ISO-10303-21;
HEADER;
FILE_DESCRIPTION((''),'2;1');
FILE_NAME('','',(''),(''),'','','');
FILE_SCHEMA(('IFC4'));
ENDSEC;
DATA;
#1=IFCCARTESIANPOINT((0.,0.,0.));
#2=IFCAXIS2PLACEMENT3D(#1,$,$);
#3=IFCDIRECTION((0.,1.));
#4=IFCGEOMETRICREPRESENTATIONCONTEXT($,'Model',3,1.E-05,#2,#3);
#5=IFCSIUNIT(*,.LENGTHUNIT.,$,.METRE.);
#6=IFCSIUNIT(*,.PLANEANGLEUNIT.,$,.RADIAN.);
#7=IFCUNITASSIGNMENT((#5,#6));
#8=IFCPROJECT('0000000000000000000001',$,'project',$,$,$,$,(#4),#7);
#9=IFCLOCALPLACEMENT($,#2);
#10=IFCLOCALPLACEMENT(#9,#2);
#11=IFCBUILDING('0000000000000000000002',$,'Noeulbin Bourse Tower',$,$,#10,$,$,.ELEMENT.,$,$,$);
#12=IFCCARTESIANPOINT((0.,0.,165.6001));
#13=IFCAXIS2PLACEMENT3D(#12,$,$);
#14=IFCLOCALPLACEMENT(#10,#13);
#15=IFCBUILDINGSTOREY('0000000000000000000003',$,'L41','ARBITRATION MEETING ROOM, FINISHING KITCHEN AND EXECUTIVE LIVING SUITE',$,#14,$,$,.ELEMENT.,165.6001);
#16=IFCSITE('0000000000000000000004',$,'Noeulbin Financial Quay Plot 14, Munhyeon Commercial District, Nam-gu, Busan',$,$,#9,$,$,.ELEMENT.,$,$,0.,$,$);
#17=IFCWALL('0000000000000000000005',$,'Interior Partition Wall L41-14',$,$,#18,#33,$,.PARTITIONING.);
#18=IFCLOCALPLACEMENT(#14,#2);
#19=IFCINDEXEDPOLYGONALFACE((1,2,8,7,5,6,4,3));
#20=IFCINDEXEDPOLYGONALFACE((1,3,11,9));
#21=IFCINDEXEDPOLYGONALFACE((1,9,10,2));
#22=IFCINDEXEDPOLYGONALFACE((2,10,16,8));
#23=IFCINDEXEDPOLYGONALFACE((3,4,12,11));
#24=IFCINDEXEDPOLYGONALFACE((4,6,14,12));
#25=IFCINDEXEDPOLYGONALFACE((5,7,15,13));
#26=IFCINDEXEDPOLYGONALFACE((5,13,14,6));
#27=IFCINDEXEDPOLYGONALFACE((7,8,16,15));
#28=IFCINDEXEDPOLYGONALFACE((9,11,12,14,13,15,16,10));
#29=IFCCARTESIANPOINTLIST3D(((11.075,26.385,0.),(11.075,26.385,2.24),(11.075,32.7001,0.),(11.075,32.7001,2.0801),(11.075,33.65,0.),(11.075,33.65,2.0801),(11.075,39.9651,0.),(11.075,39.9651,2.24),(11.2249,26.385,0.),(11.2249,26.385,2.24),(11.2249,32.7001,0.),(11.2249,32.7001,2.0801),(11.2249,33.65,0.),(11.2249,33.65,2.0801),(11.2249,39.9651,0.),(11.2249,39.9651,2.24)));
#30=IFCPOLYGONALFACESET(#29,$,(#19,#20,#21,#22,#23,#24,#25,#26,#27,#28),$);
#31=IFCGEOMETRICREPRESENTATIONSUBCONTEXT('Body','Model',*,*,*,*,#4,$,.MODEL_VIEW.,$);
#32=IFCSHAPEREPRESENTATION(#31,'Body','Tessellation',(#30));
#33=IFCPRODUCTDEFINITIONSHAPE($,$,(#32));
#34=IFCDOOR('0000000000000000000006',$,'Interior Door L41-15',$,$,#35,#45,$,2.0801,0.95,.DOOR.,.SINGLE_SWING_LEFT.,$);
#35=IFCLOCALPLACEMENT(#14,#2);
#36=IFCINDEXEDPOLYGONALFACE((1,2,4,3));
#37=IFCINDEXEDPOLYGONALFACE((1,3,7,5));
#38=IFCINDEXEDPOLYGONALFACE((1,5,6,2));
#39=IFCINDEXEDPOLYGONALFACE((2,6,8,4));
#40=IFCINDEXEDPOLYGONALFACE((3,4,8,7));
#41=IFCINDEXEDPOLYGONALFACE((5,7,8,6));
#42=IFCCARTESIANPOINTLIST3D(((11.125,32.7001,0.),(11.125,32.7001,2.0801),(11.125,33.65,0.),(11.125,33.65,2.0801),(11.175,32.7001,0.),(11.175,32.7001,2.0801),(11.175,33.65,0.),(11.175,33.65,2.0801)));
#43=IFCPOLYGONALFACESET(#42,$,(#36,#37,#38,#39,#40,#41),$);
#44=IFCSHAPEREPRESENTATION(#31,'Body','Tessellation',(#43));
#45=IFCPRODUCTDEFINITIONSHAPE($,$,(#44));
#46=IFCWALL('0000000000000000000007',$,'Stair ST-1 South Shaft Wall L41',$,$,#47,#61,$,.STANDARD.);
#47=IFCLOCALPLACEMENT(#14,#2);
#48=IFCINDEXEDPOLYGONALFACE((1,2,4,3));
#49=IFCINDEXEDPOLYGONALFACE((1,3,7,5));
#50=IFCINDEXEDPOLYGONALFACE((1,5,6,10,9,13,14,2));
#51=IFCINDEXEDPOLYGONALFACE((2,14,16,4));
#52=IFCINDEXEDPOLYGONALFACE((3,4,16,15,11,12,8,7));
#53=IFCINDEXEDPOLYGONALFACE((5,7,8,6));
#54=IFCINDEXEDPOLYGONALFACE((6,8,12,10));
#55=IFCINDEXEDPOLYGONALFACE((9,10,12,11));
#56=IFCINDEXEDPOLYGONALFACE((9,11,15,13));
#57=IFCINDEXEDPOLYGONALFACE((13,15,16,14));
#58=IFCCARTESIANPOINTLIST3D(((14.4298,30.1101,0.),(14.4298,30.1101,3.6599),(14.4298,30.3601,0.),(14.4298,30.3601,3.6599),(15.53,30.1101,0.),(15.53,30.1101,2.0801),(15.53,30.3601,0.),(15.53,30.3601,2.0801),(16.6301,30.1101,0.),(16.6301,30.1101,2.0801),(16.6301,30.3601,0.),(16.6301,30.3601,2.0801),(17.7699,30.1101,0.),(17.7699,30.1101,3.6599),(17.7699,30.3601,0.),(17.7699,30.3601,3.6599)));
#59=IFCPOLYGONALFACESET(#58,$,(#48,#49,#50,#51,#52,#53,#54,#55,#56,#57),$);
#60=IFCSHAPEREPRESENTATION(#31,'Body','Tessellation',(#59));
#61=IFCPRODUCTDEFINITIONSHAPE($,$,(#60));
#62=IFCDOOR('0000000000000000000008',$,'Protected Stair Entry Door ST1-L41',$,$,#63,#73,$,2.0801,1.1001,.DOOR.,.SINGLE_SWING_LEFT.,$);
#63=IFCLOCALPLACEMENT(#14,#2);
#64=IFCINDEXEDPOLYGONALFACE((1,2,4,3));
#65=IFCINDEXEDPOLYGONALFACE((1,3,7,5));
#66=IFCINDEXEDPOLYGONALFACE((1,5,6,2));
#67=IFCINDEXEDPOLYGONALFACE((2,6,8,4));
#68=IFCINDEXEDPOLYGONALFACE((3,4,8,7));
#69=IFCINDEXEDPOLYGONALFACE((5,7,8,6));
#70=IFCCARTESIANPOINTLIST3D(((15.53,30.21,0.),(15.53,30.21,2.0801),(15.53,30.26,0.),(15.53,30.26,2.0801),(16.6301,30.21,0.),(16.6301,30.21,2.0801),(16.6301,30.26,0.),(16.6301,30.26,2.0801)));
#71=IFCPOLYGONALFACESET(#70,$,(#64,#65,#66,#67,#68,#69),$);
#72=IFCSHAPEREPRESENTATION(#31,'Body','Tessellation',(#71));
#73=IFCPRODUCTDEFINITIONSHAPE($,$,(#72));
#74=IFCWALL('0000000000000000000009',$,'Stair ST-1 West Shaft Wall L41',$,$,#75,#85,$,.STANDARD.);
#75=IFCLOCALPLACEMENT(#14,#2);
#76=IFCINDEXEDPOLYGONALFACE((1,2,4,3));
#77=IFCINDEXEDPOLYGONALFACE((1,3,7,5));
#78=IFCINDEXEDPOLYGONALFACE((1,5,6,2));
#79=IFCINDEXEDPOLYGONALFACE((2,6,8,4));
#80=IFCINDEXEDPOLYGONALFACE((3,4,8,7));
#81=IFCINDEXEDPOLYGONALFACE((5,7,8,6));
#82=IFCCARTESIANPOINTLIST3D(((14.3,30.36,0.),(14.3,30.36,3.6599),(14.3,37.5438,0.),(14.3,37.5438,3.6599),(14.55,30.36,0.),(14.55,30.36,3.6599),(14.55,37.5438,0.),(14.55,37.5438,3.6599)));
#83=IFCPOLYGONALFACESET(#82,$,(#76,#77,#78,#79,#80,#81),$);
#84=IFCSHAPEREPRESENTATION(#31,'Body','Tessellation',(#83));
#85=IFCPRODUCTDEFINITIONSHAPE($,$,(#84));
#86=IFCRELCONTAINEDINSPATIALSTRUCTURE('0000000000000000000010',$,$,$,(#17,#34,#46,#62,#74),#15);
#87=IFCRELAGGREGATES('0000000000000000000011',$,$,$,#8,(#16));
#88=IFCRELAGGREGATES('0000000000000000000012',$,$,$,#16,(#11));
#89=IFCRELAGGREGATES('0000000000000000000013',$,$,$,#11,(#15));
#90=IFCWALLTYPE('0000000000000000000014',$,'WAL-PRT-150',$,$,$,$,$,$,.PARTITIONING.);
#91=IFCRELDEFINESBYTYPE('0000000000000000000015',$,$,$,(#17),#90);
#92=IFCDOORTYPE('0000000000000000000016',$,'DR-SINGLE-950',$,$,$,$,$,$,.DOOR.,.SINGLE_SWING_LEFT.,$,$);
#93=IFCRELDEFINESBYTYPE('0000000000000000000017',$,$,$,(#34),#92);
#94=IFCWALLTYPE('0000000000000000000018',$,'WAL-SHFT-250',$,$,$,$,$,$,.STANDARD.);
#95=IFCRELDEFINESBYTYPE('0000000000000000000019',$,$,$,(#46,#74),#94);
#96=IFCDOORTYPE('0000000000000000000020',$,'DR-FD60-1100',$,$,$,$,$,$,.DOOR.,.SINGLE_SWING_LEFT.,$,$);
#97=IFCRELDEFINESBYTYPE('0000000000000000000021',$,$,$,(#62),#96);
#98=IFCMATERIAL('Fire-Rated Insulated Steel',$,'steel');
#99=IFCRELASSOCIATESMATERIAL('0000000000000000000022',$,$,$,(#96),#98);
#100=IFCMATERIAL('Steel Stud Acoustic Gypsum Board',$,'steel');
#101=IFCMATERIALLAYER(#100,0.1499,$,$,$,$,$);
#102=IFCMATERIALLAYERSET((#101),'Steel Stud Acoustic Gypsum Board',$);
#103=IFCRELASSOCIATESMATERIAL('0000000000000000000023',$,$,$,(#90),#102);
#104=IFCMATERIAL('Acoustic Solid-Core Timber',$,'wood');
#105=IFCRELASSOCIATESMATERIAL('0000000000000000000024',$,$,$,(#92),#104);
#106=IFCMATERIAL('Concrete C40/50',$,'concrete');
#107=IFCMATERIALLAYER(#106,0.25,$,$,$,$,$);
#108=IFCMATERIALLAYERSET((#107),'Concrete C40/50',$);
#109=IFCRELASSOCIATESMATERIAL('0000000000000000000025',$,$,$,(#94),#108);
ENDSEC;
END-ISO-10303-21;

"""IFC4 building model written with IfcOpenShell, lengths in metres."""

from ifc_helpers import new_model, si_unit, direction, frame, frame_2d, origin, place, context, subcontext, project, spatial, rectangle, extrude, material, layer, layer_set, type_object, element, fill, save


model = new_model("IFC4")

# Units and contexts
model_context = context("Model", 3, precision=1e-05, world=origin(), true_north=direction((0.0, 1.0)))
body_context = subcontext(model_context, "Body", "Model", "MODEL_VIEW")
ifc_project = project(units=[si_unit("LENGTHUNIT", "METRE"), si_unit("PLANEANGLEUNIT", "RADIAN")], contexts=[model_context])

# Site, building, storey
site_placement = place(None, origin())
site = spatial("IfcSite", under=ifc_project, at=site_placement, Name="Noeulbin Financial Quay Plot 14, Munhyeon Commercial District, Nam-gu, Busan", CompositionType="ELEMENT", RefElevation=0.0)
building_placement = place(site_placement, origin())
building = spatial("IfcBuilding", under=site, at=building_placement, Name="Noeulbin Bourse Tower", CompositionType="ELEMENT")
storey_placement = place(building_placement, frame((0.0, 0.0, 165.6001)))
storey = spatial("IfcBuildingStorey", under=building, at=storey_placement, Name="L41", Description="ARBITRATION MEETING ROOM, FINISHING KITCHEN AND EXECUTIVE LIVING SUITE", CompositionType="ELEMENT", Elevation=165.6001)

# Shared definitions
ifc_material_1 = material(Name="Fire-Rated Insulated Steel", Category="steel")
door_type_1 = type_object("IfcDoorType", Name="DR-FD60-1100", OperationType="SINGLE_SWING_LEFT", PredefinedType="DOOR", material=ifc_material_1)

# Walls, openings, doors
ifc_material_2 = material(Name="Steel Stud Acoustic Gypsum Board", Category="steel")
ifc_layer_1 = layer(ifc_material_2, 0.1499)
ifc_layer_set_1 = layer_set([ifc_layer_1], Name="Steel Stud Acoustic Gypsum Board")
wall_type_1 = type_object("IfcWallType", Name="WAL-PRT-150", PredefinedType="PARTITIONING", material=ifc_layer_set_1)
wall_1_placement = place(storey_placement, frame((11.1499, 26.385, 0.0), z_axis=(0.0, 0.0, 1.0), x_axis=(0.0, 1.0, 0.0)))
wall_1 = element("IfcWall", 1, at=wall_1_placement, inside=storey, type_object=wall_type_1, Name="Interior Partition Wall L41-14", PredefinedType="PARTITIONING", context=body_context, shape_type="SweptSolid", body=[
    extrude(rectangle(XDim=13.5801, YDim=0.1499, at=frame_2d((6.79, 0.0))), origin(), (0.0, 0.0, 1.0), 2.24),
])
opening_1_placement = place(wall_1_placement, frame((6.3149, 0.0, 0.0)))
opening_1 = element("IfcOpeningElement", 2, at=opening_1_placement, cuts=wall_1, PredefinedType="OPENING", context=body_context, shape_type="SweptSolid", body=[
    extrude(rectangle(XDim=0.95, YDim=2.0801, at=frame_2d((0.4751, 1.04))), frame((0.0, 0.085, 0.0), z_axis=(0.0, -1.0, 0.0), x_axis=(1.0, 0.0, 0.0)), (0.0, 0.0, 1.0), 0.1699),
])
ifc_material_3 = material(Name="Acoustic Solid-Core Timber", Category="wood")
door_type_2 = type_object("IfcDoorType", Name="DR-SINGLE-950", OperationType="SINGLE_SWING_LEFT", PredefinedType="DOOR", material=ifc_material_3)
door_1_placement = place(opening_1_placement, origin())
door_1 = element("IfcDoor", 3, at=door_1_placement, inside=storey, type_object=door_type_2, Name="Interior Door L41-15", OperationType="SINGLE_SWING_LEFT", OverallHeight=2.0801, OverallWidth=0.95, PredefinedType="DOOR", context=body_context, shape_type="SweptSolid", body=[
    extrude(rectangle(XDim=0.95, YDim=2.0801, at=frame_2d((0.4751, 1.04))), frame((0.0, 0.0249, 0.0), z_axis=(0.0, -1.0, 0.0), x_axis=(1.0, 0.0, 0.0)), (0.0, 0.0, 1.0), 0.05),
])
fill(opening_1, door_1)
ifc_material_4 = material(Name="Concrete C40/50", Category="concrete")
ifc_layer_2 = layer(ifc_material_4, 0.25)
ifc_layer_set_2 = layer_set([ifc_layer_2], Name="Concrete C40/50")
wall_type_2 = type_object("IfcWallType", Name="WAL-SHFT-250", PredefinedType="STANDARD", material=ifc_layer_set_2)
wall_2_placement = place(storey_placement, frame((14.4299, 30.2351, 0.0), z_axis=(0.0, 0.0, 1.0), x_axis=(1.0, 0.0, 0.0)))
wall_2 = element("IfcWall", 4, at=wall_2_placement, inside=storey, type_object=wall_type_2, Name="Stair ST-1 South Shaft Wall L41", PredefinedType="STANDARD", context=body_context, shape_type="SweptSolid", body=[
    extrude(rectangle(XDim=3.3401, YDim=0.25, at=frame_2d((1.6699, 0.0))), origin(), (0.0, 0.0, 1.0), 3.6599),
])
opening_2_placement = place(wall_2_placement, frame((1.1001, 0.0, 0.0)))
opening_2 = element("IfcOpeningElement", 5, at=opening_2_placement, cuts=wall_2, PredefinedType="OPENING", context=body_context, shape_type="SweptSolid", body=[
    extrude(rectangle(XDim=1.1001, YDim=2.0801, at=frame_2d((0.55, 1.04))), frame((0.0, 0.135, 0.0), z_axis=(0.0, -1.0, 0.0), x_axis=(1.0, 0.0, 0.0)), (0.0, 0.0, 1.0), 0.27),
])
door_2_placement = place(opening_2_placement, origin())
door_2 = element("IfcDoor", 6, at=door_2_placement, inside=storey, type_object=door_type_1, Name="Protected Stair Entry Door ST1-L41", OperationType="SINGLE_SWING_LEFT", OverallHeight=2.0801, OverallWidth=1.1001, PredefinedType="DOOR", context=body_context, shape_type="SweptSolid", body=[
    extrude(rectangle(XDim=1.1001, YDim=2.0801, at=frame_2d((0.55, 1.04))), frame((0.0, 0.0249, 0.0), z_axis=(0.0, -1.0, 0.0), x_axis=(1.0, 0.0, 0.0)), (0.0, 0.0, 1.0), 0.05),
])
fill(opening_2, door_2)

# Wall
wall_3_placement = place(storey_placement, frame((14.425, 30.3601, 0.0), z_axis=(0.0, 0.0, 1.0), x_axis=(0.0, 1.0, 0.0)))
element("IfcWall", 7, at=wall_3_placement, inside=storey, type_object=wall_type_2, Name="Stair ST-1 West Shaft Wall L41", PredefinedType="STANDARD", context=body_context, shape_type="SweptSolid", body=[
    extrude(rectangle(XDim=7.1838, YDim=0.25, at=frame_2d((3.5918, 0.0))), origin(), (0.0, 0.0, 1.0), 3.6599),
])

save(model, "model.ifc")
